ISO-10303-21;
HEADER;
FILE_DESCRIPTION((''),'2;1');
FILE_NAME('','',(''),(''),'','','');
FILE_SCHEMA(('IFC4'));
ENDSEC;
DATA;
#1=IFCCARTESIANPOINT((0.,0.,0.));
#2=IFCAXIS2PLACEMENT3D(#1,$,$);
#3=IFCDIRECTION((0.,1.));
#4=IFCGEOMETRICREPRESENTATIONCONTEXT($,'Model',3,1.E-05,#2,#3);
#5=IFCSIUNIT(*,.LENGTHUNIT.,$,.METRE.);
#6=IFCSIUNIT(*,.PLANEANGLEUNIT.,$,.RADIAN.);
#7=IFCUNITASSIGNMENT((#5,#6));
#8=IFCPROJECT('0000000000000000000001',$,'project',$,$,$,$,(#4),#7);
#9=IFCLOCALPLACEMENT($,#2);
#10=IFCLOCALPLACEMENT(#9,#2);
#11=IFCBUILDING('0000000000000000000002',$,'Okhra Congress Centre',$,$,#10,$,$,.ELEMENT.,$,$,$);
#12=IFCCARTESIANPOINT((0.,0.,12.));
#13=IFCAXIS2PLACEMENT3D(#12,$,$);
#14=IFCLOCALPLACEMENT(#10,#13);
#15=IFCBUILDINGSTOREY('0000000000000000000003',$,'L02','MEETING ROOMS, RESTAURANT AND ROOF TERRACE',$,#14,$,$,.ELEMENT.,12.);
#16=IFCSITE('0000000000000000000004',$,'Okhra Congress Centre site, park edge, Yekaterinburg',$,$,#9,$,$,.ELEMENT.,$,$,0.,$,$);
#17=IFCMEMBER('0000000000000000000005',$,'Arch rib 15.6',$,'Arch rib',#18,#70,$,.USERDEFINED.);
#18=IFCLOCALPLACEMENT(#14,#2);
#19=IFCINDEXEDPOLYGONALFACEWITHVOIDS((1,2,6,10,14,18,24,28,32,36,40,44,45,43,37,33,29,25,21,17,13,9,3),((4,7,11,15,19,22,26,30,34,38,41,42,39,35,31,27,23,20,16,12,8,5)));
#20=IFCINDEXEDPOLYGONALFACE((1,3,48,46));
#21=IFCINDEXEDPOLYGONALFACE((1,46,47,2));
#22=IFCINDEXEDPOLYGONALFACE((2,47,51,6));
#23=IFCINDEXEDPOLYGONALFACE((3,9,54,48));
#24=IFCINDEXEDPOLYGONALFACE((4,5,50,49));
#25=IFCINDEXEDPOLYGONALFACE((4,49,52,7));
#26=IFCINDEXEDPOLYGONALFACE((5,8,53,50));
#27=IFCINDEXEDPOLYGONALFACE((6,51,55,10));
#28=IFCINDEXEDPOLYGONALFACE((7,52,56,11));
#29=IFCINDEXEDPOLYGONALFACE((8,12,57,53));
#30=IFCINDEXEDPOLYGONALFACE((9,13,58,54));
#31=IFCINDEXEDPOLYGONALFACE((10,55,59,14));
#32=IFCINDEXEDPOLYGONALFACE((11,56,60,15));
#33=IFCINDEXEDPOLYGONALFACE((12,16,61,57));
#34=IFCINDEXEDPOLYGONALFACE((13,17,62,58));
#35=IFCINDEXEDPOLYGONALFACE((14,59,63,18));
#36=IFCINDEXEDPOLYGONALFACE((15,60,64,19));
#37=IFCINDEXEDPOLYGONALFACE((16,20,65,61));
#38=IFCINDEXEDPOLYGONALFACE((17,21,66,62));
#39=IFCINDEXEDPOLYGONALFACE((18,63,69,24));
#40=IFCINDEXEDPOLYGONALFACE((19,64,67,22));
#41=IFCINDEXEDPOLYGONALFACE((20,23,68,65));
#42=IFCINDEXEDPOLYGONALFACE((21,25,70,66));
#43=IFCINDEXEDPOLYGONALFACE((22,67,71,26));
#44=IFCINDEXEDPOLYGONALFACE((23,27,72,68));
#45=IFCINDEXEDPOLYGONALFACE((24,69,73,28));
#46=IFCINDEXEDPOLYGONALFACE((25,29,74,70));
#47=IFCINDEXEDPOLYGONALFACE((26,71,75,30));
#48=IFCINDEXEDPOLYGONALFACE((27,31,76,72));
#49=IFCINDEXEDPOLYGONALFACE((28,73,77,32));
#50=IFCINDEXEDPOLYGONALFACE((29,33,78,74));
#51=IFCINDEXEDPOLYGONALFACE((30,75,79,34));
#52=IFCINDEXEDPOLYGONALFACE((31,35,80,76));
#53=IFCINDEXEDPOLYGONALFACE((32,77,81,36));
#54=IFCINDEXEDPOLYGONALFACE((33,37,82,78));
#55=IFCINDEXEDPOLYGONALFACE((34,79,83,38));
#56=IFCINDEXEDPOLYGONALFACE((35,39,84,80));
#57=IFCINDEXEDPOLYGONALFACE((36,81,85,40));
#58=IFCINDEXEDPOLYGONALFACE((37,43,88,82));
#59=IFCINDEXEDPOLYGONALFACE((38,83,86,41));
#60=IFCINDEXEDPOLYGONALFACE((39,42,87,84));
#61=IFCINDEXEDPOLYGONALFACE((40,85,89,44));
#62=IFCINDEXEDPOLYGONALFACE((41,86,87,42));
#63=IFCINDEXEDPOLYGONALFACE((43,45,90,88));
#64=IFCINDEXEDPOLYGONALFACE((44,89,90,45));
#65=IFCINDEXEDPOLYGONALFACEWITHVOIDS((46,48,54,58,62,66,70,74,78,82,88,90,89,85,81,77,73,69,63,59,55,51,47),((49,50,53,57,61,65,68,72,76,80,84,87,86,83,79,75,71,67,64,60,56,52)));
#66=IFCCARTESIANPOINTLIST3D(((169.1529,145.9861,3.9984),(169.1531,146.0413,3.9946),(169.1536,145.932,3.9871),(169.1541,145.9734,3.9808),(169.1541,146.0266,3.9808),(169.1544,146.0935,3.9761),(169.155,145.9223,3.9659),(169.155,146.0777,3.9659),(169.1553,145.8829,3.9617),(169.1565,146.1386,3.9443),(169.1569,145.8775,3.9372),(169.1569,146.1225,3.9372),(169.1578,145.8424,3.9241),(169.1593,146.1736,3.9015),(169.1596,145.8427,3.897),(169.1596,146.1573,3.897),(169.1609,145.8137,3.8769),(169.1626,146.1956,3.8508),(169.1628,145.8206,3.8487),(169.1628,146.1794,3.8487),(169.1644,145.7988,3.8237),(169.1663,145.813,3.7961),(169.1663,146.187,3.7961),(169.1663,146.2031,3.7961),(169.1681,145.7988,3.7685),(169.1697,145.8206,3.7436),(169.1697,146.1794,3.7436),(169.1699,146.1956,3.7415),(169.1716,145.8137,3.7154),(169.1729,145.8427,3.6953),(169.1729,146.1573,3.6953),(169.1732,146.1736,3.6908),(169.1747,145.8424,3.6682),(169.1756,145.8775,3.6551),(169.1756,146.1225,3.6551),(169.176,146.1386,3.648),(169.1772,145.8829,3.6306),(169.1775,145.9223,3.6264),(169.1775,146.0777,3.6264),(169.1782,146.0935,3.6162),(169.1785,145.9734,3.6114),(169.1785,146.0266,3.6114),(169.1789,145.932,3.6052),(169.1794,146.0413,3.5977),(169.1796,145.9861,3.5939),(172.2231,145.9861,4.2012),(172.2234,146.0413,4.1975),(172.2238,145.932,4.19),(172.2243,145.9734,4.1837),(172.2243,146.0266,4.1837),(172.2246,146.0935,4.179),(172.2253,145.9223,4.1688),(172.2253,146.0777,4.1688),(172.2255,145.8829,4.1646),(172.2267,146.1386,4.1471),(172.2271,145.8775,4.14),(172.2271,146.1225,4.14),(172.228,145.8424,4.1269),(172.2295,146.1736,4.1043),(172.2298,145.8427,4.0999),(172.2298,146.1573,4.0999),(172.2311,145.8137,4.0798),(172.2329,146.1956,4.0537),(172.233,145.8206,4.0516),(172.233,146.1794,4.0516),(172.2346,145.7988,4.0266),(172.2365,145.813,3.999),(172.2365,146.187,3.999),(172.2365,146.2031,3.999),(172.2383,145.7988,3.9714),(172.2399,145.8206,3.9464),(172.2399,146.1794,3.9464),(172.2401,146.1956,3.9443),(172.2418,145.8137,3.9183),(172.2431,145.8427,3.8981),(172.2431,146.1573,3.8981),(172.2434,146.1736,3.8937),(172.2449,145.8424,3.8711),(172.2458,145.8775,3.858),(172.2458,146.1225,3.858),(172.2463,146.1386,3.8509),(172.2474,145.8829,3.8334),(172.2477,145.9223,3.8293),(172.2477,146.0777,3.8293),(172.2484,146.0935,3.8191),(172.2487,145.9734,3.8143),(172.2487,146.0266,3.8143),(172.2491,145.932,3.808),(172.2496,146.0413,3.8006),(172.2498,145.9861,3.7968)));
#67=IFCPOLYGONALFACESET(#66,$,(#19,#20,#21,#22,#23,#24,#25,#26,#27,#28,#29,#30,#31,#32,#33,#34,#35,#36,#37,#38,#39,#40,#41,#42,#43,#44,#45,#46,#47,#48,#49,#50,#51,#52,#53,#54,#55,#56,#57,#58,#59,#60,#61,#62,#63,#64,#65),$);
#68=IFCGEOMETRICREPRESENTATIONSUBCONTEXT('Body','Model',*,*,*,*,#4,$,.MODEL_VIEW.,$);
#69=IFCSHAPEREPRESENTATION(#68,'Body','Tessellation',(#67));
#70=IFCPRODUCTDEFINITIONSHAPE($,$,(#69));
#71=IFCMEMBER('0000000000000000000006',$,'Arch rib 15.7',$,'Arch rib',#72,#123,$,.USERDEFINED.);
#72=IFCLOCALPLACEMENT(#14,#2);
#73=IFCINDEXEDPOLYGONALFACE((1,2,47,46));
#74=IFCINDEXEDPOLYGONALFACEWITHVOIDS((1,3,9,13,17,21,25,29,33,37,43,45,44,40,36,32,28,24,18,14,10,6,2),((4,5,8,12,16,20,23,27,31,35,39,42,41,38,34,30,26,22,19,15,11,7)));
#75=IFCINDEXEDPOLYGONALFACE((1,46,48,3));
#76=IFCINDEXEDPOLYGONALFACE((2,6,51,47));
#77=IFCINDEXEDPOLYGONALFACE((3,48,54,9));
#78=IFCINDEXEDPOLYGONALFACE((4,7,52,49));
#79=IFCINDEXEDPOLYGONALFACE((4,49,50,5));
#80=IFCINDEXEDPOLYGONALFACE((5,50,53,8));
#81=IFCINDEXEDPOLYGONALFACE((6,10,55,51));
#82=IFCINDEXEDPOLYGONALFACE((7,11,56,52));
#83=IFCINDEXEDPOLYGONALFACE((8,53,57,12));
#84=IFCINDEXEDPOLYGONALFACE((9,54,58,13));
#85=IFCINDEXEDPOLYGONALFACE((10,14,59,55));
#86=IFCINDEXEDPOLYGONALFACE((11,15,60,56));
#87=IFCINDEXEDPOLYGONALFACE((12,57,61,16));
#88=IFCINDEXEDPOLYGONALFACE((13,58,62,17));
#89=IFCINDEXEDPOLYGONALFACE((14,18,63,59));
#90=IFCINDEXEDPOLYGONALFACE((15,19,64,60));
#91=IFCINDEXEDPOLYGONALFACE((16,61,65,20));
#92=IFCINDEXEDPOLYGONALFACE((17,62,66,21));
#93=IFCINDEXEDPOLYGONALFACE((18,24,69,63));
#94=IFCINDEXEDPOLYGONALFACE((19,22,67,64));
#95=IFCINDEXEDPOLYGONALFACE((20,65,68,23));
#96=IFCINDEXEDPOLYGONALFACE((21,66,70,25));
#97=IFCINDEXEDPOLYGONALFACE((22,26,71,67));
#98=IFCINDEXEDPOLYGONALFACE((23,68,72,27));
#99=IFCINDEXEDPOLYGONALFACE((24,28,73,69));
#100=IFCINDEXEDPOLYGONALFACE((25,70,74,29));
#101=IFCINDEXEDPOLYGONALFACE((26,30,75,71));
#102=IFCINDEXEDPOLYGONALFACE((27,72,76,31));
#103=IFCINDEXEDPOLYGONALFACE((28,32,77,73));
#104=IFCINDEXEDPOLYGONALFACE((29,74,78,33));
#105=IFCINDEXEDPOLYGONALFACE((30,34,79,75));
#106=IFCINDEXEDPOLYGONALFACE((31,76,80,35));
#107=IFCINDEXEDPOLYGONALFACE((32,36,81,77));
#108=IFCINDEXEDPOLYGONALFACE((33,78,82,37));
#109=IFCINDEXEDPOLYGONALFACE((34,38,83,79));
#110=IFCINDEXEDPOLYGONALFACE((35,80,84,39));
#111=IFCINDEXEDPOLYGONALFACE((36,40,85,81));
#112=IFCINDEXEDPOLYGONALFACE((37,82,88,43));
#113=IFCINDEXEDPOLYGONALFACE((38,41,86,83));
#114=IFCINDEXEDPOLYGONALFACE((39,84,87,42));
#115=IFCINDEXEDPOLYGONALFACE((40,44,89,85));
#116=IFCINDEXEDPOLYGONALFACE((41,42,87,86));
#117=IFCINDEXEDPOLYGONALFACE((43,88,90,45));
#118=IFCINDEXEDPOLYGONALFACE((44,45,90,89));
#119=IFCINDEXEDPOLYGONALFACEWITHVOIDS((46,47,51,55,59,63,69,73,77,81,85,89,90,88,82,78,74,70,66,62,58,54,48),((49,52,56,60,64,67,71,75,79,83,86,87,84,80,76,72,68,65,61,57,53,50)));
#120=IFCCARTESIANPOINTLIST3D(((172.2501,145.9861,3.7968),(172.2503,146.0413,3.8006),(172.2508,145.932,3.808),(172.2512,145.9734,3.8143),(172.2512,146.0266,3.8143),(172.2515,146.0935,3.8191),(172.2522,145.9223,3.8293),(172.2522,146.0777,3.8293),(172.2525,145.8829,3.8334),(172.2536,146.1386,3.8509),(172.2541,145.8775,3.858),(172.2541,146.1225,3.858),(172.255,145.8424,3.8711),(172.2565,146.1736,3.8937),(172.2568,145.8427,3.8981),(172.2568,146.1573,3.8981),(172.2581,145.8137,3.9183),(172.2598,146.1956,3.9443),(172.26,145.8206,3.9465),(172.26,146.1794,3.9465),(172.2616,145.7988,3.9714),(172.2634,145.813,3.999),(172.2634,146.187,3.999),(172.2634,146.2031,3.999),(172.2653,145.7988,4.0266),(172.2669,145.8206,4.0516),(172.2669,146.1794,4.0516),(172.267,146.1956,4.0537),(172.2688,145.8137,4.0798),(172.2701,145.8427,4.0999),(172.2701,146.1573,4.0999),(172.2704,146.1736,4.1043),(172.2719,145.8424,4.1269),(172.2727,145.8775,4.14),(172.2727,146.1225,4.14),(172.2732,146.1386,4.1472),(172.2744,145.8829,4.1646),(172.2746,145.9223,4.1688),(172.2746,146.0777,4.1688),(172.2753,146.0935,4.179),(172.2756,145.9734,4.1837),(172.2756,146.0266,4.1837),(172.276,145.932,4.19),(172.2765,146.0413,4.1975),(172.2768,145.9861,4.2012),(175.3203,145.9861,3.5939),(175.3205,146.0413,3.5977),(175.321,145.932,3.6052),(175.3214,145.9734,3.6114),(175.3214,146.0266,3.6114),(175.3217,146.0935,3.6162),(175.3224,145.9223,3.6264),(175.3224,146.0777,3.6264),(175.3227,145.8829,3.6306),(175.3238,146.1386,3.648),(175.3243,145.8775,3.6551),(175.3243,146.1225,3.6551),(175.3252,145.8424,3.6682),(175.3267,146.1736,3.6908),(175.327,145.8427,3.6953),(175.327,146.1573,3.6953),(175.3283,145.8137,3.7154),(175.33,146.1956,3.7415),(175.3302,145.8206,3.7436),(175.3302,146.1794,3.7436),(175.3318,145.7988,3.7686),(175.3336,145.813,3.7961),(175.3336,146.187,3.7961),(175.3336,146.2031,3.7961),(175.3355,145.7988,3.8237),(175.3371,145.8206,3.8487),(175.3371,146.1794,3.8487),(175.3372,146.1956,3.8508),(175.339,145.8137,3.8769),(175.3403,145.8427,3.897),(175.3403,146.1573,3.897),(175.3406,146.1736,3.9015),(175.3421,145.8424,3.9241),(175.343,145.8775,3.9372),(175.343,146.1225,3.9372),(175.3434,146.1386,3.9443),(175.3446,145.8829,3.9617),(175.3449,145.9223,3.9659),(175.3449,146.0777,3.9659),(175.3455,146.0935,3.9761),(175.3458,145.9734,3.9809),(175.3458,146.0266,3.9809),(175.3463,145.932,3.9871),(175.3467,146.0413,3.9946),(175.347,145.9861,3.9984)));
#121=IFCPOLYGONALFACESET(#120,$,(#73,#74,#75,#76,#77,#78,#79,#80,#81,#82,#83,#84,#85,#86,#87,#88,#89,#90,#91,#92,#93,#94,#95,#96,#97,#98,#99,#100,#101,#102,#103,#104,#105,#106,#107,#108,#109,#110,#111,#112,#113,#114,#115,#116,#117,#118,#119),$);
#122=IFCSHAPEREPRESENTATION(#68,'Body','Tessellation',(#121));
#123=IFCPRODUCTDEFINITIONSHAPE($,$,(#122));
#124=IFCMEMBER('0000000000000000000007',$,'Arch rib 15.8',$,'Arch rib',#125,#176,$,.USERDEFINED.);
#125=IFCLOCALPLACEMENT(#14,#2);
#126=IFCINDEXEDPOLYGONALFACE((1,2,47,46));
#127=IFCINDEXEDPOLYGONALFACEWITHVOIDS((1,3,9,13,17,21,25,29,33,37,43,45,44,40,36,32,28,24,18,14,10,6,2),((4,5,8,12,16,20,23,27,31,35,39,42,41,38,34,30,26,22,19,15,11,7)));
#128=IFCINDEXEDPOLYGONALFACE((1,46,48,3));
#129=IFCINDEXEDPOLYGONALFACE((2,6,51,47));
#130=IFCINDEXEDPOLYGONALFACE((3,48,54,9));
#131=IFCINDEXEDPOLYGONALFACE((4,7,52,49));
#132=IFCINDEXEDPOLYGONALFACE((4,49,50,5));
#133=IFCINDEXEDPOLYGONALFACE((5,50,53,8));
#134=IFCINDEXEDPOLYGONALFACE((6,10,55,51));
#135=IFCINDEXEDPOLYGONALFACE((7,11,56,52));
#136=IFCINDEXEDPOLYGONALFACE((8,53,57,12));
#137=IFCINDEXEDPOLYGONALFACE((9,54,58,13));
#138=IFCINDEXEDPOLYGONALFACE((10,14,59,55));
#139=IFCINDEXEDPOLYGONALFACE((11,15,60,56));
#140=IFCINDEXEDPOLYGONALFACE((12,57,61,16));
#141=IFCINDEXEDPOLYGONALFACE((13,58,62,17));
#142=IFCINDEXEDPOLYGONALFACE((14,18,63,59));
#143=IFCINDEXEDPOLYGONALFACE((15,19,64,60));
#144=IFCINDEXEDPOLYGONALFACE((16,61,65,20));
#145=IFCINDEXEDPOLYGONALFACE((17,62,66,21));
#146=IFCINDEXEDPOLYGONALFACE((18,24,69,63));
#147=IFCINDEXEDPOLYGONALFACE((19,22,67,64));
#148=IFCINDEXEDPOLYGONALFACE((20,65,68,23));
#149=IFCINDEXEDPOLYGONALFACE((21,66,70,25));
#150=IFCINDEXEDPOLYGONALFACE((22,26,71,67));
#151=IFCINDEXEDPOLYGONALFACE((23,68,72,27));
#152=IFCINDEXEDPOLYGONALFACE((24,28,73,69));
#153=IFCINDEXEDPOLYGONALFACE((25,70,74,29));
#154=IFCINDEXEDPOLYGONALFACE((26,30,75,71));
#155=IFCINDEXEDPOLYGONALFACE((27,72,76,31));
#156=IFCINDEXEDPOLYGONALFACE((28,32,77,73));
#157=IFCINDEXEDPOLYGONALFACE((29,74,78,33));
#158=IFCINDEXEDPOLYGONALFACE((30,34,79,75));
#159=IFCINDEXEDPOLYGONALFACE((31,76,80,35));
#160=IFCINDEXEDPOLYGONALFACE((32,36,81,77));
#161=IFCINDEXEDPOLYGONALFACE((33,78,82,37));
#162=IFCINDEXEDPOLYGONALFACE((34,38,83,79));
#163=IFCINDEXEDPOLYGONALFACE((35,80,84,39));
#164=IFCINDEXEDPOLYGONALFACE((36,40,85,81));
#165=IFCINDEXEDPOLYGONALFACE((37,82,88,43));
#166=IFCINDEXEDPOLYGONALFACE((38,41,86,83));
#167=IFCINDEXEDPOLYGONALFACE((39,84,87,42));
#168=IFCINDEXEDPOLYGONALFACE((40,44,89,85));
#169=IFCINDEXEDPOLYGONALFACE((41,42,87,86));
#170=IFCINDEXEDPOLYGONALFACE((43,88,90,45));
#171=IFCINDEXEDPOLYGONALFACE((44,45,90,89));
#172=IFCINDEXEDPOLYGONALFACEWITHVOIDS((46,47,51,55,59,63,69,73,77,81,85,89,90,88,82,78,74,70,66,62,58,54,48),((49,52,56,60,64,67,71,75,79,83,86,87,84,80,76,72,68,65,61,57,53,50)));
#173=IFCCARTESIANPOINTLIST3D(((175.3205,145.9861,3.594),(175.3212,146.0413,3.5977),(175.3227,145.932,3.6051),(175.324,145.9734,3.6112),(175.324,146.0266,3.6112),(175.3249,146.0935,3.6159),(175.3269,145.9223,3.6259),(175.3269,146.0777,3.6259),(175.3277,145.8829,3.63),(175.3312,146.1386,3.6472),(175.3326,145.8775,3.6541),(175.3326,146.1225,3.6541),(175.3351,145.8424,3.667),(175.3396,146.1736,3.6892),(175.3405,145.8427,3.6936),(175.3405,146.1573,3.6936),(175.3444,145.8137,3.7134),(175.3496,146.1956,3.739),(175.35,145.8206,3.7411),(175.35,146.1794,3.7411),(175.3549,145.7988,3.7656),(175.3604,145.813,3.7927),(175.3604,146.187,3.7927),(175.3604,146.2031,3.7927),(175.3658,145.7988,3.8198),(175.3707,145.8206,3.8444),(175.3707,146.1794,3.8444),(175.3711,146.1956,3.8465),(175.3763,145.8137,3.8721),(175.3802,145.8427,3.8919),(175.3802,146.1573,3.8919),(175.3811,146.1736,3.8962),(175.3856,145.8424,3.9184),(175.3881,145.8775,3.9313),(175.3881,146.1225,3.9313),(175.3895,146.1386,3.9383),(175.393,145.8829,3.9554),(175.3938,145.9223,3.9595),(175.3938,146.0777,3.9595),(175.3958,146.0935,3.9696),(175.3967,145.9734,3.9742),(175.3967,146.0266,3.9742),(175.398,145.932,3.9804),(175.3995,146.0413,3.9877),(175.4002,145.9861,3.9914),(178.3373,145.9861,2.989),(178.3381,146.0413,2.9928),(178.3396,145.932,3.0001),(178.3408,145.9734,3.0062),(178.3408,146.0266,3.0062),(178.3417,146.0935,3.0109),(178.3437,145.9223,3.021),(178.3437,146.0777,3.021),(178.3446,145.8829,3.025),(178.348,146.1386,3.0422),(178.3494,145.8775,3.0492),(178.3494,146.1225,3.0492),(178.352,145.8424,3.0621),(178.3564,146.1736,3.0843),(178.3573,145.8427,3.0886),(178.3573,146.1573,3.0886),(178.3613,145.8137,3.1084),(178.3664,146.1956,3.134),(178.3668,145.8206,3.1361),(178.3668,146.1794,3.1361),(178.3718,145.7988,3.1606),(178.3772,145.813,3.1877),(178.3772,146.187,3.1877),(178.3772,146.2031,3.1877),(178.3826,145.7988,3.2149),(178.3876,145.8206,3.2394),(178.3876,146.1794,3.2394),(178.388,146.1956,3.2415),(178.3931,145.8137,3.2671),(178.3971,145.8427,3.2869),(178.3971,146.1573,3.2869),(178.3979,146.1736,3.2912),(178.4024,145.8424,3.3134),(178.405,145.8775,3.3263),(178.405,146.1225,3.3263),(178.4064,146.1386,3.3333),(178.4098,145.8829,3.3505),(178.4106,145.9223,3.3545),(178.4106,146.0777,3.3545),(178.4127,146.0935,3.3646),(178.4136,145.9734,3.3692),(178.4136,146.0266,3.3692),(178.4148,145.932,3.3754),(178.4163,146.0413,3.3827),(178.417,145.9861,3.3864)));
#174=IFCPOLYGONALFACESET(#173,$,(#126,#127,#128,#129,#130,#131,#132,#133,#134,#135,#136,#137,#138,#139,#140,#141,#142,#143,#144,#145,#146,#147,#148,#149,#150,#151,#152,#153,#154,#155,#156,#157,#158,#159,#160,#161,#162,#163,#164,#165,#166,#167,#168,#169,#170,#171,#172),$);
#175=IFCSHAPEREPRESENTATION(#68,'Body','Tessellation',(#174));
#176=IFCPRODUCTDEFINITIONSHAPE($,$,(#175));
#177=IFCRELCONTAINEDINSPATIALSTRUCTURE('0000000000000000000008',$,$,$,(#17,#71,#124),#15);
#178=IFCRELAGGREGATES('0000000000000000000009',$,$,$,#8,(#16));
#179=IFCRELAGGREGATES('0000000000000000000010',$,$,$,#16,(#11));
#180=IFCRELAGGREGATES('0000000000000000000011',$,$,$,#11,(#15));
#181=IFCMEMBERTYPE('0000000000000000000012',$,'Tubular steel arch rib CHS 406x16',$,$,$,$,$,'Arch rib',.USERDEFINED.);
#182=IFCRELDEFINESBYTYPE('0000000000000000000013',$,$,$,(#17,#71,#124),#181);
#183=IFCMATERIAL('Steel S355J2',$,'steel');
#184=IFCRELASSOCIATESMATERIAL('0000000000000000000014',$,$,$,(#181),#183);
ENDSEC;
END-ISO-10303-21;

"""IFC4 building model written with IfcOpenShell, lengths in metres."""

from ifc_helpers import new_model, si_unit, direction, frame, origin, origin_2d, place, context, subcontext, project, spatial, hollow_circle, extrude, material, material_profile, profile_set, type_object, element, save


model = new_model("IFC4")

# Units and contexts
model_context = context("Model", 3, precision=1e-05, world=origin(), true_north=direction((0.0, 1.0)))
body_context = subcontext(model_context, "Body", "Model", "MODEL_VIEW")
ifc_project = project(units=[si_unit("LENGTHUNIT", "METRE"), si_unit("PLANEANGLEUNIT", "RADIAN")], contexts=[model_context])

# Site, building, storey
site_placement = place(None, origin())
site = spatial("IfcSite", under=ifc_project, at=site_placement, Name="Okhra Congress Centre site, park edge, Yekaterinburg", CompositionType="ELEMENT", RefElevation=0.0)
building_placement = place(site_placement, origin())
building = spatial("IfcBuilding", under=site, at=building_placement, Name="Okhra Congress Centre", CompositionType="ELEMENT")
storey_placement = place(building_placement, frame((0.0, 0.0, 12.0)))
storey = spatial("IfcBuildingStorey", under=building, at=storey_placement, Name="L02", Description="MEETING ROOMS, RESTAURANT AND ROOF TERRACE", CompositionType="ELEMENT", Elevation=12.0)

# Members
ifc_material_1 = material(Name="Steel S355J2", Category="steel")
ifc_material_profile_1 = material_profile(ifc_material_1, hollow_circle(Radius=0.2031, WallThickness=0.0161, at=origin_2d()), Name="CHS 406.4x16")
ifc_profile_set_1 = profile_set([ifc_material_profile_1], Name="Steel S355J2")
member_type_1 = type_object("IfcMemberType", Name="Tubular steel arch rib CHS 406x16", ElementType="Arch rib", PredefinedType="USERDEFINED", material=ifc_profile_set_1)
for number, where, z_axis, x_axis, name in (
    (1, (169.1663, 146.0, 3.7961), (0.997824, 0.0, 0.065934), (0.0, 1.0, 0.0), "Arch rib 15.6"),
    (2, (172.2634, 146.0, 3.999), (0.997824, 0.0, -0.065934), (0.0, 1.0, 0.0), "Arch rib 15.7"),
    (3, (175.3604, 146.0, 3.7927), (0.98048, 0.0, -0.19662), (0.0, 1.0, 0.0), "Arch rib 15.8"),
):
    element("IfcMember", number, at=place(storey_placement, frame(where, z_axis=z_axis, x_axis=x_axis)), inside=storey, type_object=member_type_1, Name=name, ObjectType="Arch rib", PredefinedType="USERDEFINED", context=body_context, shape_type="SweptSolid", body=[
        extrude(hollow_circle(Radius=0.2031, WallThickness=0.0161, at=origin_2d()), origin(), (0.0, 0.0, 1.0), 3.0769),
    ])

save(model, "model.ifc")
